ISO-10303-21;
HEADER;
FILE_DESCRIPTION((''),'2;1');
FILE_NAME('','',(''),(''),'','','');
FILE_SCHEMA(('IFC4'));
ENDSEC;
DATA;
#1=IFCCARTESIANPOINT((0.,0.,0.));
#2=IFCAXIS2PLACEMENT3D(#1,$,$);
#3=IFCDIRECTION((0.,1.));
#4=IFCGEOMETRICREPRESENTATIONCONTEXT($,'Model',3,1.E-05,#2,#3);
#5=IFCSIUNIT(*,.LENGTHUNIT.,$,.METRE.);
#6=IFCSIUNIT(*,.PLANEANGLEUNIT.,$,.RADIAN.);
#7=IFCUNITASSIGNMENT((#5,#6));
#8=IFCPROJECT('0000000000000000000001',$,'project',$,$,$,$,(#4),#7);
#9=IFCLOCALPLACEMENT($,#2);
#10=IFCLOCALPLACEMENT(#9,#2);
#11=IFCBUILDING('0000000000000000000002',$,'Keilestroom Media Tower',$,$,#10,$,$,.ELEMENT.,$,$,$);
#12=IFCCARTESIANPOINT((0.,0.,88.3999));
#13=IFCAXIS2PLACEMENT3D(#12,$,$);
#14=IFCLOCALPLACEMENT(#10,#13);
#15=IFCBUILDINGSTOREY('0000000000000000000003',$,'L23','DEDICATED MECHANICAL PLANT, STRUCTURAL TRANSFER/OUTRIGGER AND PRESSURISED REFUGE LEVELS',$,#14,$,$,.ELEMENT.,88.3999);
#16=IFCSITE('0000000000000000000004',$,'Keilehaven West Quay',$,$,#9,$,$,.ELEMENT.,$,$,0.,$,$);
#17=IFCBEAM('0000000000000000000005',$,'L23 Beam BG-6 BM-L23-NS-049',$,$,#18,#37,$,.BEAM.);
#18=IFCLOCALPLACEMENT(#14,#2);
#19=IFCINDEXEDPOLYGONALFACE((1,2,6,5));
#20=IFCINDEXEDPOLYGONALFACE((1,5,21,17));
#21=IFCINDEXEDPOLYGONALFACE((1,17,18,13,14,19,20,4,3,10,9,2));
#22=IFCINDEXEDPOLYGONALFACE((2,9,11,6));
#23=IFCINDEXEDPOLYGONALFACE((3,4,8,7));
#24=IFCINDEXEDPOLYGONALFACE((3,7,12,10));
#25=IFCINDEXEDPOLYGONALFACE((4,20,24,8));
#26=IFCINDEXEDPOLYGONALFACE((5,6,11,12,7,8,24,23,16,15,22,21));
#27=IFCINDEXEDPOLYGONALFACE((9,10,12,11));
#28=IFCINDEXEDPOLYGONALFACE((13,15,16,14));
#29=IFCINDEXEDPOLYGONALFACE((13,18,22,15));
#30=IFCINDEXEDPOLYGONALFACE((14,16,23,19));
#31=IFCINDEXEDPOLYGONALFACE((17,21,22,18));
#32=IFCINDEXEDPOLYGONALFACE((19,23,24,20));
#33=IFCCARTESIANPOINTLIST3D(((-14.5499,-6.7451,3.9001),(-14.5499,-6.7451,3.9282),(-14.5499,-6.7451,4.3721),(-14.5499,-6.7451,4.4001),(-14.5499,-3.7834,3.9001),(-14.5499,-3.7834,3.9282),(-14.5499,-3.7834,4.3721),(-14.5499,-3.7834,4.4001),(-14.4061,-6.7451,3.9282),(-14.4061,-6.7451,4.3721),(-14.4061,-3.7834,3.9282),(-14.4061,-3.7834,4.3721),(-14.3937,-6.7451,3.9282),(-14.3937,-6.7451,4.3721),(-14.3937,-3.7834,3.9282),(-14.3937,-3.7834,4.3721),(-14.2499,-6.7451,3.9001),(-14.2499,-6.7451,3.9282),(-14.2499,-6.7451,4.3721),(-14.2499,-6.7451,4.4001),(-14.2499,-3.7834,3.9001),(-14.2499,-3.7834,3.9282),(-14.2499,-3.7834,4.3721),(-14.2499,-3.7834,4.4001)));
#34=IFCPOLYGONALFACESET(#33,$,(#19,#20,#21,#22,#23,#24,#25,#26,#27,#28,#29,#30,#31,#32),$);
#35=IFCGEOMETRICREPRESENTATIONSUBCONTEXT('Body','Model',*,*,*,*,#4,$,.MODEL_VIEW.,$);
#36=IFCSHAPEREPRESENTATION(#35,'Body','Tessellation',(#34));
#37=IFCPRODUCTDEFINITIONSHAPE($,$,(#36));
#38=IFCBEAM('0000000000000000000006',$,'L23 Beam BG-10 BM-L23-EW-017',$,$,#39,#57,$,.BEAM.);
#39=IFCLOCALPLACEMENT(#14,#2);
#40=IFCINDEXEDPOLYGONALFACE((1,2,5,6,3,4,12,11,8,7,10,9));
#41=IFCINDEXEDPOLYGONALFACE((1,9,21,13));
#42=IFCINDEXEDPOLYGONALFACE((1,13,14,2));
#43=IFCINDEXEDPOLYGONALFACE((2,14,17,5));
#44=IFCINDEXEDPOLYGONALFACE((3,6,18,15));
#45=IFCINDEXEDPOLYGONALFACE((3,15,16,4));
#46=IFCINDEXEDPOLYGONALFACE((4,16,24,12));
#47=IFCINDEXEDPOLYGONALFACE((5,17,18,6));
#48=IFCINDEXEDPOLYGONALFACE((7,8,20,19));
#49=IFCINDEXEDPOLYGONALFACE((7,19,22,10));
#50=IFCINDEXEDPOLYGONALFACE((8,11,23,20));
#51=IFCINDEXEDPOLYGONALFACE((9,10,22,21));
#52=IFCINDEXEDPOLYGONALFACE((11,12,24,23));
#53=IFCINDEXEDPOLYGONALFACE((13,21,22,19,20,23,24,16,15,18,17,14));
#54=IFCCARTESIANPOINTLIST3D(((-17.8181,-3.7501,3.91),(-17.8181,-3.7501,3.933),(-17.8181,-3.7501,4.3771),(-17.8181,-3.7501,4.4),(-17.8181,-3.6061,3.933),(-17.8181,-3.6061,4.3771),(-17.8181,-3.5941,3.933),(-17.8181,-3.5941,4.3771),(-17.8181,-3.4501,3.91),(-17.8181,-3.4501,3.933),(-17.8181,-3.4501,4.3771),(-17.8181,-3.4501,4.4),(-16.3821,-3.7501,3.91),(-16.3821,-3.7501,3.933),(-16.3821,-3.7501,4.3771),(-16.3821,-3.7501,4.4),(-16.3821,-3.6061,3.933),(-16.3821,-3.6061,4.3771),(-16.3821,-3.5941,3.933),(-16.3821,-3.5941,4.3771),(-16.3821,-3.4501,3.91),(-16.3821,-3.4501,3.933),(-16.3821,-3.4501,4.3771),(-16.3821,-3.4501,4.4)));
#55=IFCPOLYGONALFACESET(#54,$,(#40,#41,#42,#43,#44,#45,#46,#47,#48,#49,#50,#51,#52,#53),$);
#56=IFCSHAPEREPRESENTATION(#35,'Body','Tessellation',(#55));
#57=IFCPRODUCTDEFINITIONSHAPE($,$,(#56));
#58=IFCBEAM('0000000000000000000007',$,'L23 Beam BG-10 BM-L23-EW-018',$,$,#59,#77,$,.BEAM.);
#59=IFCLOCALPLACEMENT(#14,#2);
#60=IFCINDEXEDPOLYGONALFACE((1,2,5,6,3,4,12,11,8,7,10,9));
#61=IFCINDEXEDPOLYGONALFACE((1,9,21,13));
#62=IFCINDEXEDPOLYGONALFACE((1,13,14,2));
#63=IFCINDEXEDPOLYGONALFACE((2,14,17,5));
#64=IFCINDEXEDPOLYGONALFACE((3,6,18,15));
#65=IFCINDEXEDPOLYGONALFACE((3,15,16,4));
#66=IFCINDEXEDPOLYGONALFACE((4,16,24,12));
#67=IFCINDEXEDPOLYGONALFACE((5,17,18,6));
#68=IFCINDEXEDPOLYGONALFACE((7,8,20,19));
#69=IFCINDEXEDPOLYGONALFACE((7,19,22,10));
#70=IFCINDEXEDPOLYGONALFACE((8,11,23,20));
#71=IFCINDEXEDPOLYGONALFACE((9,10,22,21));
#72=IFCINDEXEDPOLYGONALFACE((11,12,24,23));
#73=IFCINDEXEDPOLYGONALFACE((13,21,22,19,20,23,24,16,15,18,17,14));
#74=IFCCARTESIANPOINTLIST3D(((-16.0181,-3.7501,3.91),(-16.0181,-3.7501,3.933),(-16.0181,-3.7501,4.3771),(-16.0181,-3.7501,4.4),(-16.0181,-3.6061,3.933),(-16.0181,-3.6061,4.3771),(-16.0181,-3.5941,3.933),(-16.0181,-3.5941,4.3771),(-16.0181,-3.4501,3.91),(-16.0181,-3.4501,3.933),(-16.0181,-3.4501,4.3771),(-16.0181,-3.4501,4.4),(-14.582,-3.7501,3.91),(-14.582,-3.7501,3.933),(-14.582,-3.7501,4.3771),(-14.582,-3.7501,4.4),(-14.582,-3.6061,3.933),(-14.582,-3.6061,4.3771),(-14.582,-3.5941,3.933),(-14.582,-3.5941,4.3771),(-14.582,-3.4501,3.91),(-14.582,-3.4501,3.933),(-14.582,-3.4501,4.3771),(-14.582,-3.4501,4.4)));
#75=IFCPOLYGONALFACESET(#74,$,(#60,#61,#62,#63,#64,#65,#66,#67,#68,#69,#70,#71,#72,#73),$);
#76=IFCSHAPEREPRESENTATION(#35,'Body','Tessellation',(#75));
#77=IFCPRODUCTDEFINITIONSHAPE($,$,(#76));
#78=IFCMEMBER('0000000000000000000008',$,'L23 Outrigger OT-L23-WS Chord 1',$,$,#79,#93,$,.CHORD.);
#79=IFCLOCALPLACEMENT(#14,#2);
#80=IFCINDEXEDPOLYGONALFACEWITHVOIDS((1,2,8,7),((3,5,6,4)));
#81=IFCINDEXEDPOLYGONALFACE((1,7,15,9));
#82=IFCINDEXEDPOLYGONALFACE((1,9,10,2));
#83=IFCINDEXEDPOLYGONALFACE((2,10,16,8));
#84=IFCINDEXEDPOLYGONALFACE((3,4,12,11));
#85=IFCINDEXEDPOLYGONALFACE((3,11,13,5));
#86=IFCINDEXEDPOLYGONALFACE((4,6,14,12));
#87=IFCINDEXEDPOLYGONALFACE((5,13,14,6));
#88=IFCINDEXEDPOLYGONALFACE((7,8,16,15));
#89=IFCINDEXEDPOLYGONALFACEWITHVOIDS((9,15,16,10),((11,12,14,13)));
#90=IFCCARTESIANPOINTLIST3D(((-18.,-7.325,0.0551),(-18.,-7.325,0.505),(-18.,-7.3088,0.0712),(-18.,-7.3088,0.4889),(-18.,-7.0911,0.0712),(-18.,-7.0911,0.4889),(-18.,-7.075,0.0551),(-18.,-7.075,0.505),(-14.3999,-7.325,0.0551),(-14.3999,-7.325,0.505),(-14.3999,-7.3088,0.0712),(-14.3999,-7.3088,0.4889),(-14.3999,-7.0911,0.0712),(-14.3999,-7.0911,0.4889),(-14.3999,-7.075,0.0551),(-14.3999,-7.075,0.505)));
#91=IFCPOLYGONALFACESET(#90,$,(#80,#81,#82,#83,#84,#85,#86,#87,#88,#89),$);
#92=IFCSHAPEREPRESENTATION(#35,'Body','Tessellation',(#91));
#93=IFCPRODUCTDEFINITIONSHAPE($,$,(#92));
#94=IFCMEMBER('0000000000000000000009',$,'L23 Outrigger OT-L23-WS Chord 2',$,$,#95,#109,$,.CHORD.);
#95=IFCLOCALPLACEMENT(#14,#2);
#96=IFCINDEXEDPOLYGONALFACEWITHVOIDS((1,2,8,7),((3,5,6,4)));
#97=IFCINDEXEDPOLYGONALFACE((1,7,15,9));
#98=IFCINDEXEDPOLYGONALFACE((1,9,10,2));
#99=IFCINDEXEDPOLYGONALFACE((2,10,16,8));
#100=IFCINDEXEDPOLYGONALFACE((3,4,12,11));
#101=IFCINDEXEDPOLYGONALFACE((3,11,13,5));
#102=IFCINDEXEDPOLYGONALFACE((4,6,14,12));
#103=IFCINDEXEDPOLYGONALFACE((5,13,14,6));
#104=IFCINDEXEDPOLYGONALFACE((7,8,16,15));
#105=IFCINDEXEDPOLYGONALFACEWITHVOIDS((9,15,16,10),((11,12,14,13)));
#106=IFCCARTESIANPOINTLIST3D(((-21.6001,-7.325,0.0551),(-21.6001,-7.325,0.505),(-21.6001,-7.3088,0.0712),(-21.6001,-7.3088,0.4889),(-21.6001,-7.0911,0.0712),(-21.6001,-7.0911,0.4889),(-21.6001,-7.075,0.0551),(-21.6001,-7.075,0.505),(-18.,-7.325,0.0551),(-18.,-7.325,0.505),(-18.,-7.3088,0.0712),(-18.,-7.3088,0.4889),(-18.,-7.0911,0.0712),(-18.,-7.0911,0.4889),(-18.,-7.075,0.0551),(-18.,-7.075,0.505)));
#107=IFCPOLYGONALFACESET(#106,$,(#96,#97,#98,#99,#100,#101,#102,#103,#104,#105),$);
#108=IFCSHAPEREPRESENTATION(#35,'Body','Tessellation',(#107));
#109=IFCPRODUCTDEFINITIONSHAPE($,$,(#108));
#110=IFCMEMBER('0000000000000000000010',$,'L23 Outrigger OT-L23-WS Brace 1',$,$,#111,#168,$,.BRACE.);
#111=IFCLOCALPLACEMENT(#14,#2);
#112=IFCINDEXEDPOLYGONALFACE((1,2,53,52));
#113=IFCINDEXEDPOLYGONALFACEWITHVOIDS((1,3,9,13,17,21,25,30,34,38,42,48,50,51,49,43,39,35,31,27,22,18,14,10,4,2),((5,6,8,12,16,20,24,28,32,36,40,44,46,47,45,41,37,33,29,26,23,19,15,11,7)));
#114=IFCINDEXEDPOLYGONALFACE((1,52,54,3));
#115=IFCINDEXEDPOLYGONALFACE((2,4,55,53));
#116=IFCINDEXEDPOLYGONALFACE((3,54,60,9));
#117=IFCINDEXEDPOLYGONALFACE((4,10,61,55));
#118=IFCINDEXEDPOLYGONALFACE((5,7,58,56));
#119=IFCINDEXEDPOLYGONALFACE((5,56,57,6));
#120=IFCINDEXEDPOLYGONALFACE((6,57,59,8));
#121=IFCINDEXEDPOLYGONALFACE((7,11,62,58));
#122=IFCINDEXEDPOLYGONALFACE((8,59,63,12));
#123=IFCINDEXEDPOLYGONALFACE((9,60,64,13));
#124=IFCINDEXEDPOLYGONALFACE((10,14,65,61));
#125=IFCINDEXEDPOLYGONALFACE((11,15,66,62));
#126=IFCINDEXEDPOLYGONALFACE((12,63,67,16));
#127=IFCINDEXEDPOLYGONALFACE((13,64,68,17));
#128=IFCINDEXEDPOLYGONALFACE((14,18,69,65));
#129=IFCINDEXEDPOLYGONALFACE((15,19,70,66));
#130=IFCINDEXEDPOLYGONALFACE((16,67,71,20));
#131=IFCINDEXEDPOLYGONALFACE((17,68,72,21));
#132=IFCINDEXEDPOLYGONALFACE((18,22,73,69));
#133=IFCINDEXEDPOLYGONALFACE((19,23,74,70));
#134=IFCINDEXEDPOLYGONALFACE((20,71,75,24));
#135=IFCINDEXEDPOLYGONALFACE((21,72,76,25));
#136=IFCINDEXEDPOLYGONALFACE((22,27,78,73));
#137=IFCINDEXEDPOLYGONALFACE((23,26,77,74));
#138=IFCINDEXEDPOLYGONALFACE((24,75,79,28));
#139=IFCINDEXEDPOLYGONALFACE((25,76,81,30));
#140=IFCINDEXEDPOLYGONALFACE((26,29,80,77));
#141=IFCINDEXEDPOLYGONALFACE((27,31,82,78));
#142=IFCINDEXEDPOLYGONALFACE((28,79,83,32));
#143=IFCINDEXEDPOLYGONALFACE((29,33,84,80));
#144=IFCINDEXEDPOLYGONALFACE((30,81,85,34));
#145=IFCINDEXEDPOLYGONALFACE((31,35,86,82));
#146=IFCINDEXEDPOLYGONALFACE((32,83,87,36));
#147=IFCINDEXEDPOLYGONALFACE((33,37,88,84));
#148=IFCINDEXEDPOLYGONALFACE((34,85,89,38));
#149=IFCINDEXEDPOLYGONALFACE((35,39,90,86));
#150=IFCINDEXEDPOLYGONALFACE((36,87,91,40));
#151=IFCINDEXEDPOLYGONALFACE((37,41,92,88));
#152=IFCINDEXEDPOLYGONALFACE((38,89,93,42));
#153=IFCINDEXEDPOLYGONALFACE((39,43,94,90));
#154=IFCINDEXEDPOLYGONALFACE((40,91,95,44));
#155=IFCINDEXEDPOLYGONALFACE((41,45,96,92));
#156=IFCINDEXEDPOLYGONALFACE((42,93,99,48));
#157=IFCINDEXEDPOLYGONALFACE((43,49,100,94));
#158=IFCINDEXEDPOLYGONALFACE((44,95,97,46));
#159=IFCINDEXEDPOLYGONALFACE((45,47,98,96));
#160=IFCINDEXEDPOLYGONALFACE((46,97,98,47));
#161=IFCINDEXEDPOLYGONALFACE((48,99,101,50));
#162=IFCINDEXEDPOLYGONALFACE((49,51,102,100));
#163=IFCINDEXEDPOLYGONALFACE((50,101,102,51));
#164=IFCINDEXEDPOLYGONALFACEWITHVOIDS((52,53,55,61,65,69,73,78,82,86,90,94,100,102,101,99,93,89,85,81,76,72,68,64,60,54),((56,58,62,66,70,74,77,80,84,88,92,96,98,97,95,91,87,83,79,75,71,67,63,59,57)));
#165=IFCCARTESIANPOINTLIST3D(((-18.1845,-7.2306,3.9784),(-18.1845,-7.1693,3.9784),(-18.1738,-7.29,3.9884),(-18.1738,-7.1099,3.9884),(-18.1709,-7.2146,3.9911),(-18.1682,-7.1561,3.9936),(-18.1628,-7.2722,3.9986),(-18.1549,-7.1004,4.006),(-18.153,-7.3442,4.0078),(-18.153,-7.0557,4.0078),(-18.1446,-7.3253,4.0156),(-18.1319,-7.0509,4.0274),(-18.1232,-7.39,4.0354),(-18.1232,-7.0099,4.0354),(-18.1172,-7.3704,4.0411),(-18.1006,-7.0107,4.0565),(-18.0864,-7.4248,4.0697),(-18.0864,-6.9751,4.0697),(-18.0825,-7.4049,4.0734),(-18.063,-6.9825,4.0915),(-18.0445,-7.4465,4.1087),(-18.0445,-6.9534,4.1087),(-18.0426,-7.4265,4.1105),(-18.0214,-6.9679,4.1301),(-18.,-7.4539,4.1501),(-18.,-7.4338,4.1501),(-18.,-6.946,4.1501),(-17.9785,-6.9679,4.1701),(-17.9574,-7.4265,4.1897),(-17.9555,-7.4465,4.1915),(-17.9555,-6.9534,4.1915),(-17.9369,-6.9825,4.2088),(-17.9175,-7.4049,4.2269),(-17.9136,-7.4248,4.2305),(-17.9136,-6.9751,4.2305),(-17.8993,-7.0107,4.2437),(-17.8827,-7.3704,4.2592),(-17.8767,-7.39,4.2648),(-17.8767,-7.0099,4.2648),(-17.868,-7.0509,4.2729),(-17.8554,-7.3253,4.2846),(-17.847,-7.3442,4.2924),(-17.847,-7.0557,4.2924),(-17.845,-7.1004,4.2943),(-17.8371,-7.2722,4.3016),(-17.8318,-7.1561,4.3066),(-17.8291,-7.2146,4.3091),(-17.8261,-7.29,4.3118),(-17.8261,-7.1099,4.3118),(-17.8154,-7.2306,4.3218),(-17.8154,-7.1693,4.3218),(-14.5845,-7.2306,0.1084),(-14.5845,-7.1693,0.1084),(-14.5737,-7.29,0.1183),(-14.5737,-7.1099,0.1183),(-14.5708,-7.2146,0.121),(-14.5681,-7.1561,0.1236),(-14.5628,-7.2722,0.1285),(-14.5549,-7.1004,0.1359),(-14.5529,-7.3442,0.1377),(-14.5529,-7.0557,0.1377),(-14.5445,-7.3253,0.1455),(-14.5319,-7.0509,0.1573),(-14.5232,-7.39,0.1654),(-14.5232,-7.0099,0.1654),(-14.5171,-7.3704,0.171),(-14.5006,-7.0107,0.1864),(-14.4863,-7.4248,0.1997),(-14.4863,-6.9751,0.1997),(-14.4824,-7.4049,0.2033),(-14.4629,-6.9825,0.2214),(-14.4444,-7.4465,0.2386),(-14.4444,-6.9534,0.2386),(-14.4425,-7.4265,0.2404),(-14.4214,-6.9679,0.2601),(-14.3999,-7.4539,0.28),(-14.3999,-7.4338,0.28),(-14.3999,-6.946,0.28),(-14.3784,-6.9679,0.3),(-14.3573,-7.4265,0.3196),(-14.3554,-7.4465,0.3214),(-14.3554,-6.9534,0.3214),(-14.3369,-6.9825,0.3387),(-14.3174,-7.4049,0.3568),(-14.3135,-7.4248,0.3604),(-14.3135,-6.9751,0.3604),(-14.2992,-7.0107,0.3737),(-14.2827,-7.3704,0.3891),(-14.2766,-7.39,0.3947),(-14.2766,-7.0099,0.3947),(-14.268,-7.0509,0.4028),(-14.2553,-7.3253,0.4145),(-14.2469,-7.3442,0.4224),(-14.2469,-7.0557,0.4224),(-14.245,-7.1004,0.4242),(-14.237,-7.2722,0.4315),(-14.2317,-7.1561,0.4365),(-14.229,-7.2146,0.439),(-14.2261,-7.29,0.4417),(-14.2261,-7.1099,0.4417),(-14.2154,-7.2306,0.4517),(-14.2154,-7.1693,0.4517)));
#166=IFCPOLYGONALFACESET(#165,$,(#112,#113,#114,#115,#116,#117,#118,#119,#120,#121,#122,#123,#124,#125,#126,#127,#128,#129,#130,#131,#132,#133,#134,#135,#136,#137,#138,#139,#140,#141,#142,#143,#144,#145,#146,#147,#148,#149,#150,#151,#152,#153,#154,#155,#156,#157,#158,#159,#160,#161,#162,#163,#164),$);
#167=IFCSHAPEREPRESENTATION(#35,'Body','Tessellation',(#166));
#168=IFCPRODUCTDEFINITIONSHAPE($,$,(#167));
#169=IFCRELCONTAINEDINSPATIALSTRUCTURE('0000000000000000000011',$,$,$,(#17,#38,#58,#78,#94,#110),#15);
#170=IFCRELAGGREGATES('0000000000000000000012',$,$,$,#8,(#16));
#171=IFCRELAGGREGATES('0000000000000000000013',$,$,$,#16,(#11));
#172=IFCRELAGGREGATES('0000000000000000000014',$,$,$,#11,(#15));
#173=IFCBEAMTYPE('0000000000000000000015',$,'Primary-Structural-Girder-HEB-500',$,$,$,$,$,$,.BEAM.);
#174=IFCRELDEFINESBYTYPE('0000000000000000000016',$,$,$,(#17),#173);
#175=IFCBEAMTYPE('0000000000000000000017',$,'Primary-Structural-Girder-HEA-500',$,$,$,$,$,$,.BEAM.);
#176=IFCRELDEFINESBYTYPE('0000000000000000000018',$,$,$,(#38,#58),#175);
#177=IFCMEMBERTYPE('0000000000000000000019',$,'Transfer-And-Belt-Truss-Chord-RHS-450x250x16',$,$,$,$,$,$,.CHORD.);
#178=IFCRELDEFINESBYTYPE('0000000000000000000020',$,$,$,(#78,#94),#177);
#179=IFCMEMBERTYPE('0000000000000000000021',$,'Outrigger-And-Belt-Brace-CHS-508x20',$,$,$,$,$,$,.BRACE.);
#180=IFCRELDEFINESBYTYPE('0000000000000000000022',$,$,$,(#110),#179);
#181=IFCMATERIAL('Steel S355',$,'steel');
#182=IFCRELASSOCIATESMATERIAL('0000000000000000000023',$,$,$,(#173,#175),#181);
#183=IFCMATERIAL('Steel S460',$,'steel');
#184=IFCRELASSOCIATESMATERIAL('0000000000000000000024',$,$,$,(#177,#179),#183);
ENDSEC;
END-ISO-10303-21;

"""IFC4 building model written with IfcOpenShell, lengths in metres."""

from ifc_helpers import new_model, si_unit, direction, frame, origin, origin_2d, place, context, subcontext, project, spatial, hollow_rectangle, hollow_circle, i_section, extrude, source, transform, mapped, material, material_profile, profile_set, type_object, element, save


model = new_model("IFC4")

# Units and contexts
model_context = context("Model", 3, precision=1e-05, world=origin(), true_north=direction((0.0, 1.0)))
body_context = subcontext(model_context, "Body", "Model", "MODEL_VIEW")
ifc_project = project(units=[si_unit("LENGTHUNIT", "METRE"), si_unit("PLANEANGLEUNIT", "RADIAN")], contexts=[model_context])

# Site, building, storey
site_placement = place(None, origin())
site = spatial("IfcSite", under=ifc_project, at=site_placement, Name="Keilehaven West Quay", CompositionType="ELEMENT", RefElevation=0.0)
building_placement = place(site_placement, origin())
building = spatial("IfcBuilding", under=site, at=building_placement, Name="Keilestroom Media Tower", CompositionType="ELEMENT")
storey_placement = place(building_placement, frame((0.0, 0.0, 88.3999)))
storey = spatial("IfcBuildingStorey", under=building, at=storey_placement, Name="L23", Description="DEDICATED MECHANICAL PLANT, STRUCTURAL TRANSFER/OUTRIGGER AND PRESSURISED REFUGE LEVELS", CompositionType="ELEMENT", Elevation=88.3999)

# Shared definitions
ifc_material_1 = material(Name="Steel S460", Category="steel")

# Beams
ifc_material_2 = material(Name="Steel S355", Category="steel")
ifc_material_profile_1 = material_profile(ifc_material_2, i_section(OverallWidth=0.3, OverallDepth=0.5, WebThickness=0.0125, FlangeThickness=0.0281, at=origin_2d()), Name="HEB 500")
ifc_profile_set_1 = profile_set([ifc_material_profile_1], Name="Steel S355")
beam_type_1 = type_object("IfcBeamType", Name="Primary-Structural-Girder-HEB-500", PredefinedType="BEAM", material=ifc_profile_set_1)
shared_shape_1 = source(origin(), body_context, "Body", "SweptSolid", [
    extrude(i_section(OverallWidth=0.3, OverallDepth=0.5, WebThickness=0.0125, FlangeThickness=0.0281, at=origin_2d()), origin(), (0.0, 0.0, 1.0), 2.9617),
])
for number, where, z_axis, x_axis, name in (
    (1, (-14.3999, -6.7451, 4.1501), (0.0, 1.0, 0.0), (-1.0, 0.0, 0.0), "L23 Beam BG-6 BM-L23-NS-049"),
):
    element("IfcBeam", number, at=place(storey_placement, frame(where, z_axis=z_axis, x_axis=x_axis)), inside=storey, type_object=beam_type_1, Name=name, PredefinedType="BEAM", context=body_context, shape_type="MappedRepresentation", body=[
        mapped(shared_shape_1, transform((0.0, 0.0, 0.0), x_axis=(1.0, 0.0, 0.0), y_axis=(0.0, 1.0, 0.0), z_axis=(0.0, 0.0, 1.0), scale=1.0)),
    ])
ifc_material_profile_2 = material_profile(ifc_material_2, i_section(OverallWidth=0.3, OverallDepth=0.49, WebThickness=0.012, FlangeThickness=0.0229, at=origin_2d()), Name="HEA 500")
ifc_profile_set_2 = profile_set([ifc_material_profile_2], Name="Steel S355")
beam_type_2 = type_object("IfcBeamType", Name="Primary-Structural-Girder-HEA-500", PredefinedType="BEAM", material=ifc_profile_set_2)
shared_shape_2 = source(origin(), body_context, "Body", "SweptSolid", [
    extrude(i_section(OverallWidth=0.3, OverallDepth=0.49, WebThickness=0.012, FlangeThickness=0.0229, at=origin_2d()), origin(), (0.0, 0.0, 1.0), 1.436),
])
for number, where, z_axis, x_axis, name in (
    (2, (-17.8181, -3.6001, 4.155), (1.0, 0.0, 0.0), (0.0, 1.0, 0.0), "L23 Beam BG-10 BM-L23-EW-017"),
    (3, (-16.0181, -3.6001, 4.155), (1.0, 0.0, 0.0), (0.0, 1.0, 0.0), "L23 Beam BG-10 BM-L23-EW-018"),
):
    element("IfcBeam", number, at=place(storey_placement, frame(where, z_axis=z_axis, x_axis=x_axis)), inside=storey, type_object=beam_type_2, Name=name, PredefinedType="BEAM", context=body_context, shape_type="MappedRepresentation", body=[
        mapped(shared_shape_2, transform((0.0, 0.0, 0.0), x_axis=(1.0, 0.0, 0.0), y_axis=(0.0, 1.0, 0.0), z_axis=(0.0, 0.0, 1.0), scale=1.0)),
    ])

# Members
ifc_material_profile_3 = material_profile(ifc_material_1, hollow_rectangle(XDim=0.25, YDim=0.45, WallThickness=0.0161, at=origin_2d()), Name="RHS 450x250x16")
ifc_profile_set_3 = profile_set([ifc_material_profile_3], Name="Steel S460")
member_type_1 = type_object("IfcMemberType", Name="Transfer-And-Belt-Truss-Chord-RHS-450x250x16", PredefinedType="CHORD", material=ifc_profile_set_3)
shared_shape_3 = source(origin(), body_context, "Body", "SweptSolid", [
    extrude(hollow_rectangle(XDim=0.25, YDim=0.45, WallThickness=0.0161, at=origin_2d()), origin(), (0.0, 0.0, 1.0), 3.6001),
])
for number, where, z_axis, x_axis, name in (
    (4, (-14.3999, -7.2, 0.28), (-1.0, 0.0, 0.0), (0.0, -1.0, 0.0), "L23 Outrigger OT-L23-WS Chord 1"),
    (5, (-18.0, -7.2, 0.28), (-1.0, 0.0, 0.0), (0.0, -1.0, 0.0), "L23 Outrigger OT-L23-WS Chord 2"),
):
    element("IfcMember", number, at=place(storey_placement, frame(where, z_axis=z_axis, x_axis=x_axis)), inside=storey, type_object=member_type_1, Name=name, PredefinedType="CHORD", context=body_context, shape_type="MappedRepresentation", body=[
        mapped(shared_shape_3, transform((0.0, 0.0, 0.0), x_axis=(1.0, 0.0, 0.0), y_axis=(0.0, 1.0, 0.0), z_axis=(0.0, 0.0, 1.0), scale=1.0)),
    ])
ifc_material_profile_4 = material_profile(ifc_material_1, hollow_circle(Radius=0.2539, WallThickness=0.02, at=origin_2d()), Name="CHS 508x20")
ifc_profile_set_4 = profile_set([ifc_material_profile_4], Name="Steel S460")
member_type_2 = type_object("IfcMemberType", Name="Outrigger-And-Belt-Brace-CHS-508x20", PredefinedType="BRACE", material=ifc_profile_set_4)
shared_shape_4 = source(origin(), body_context, "Body", "SweptSolid", [
    extrude(hollow_circle(Radius=0.2539, WallThickness=0.02, at=origin_2d()), origin(), (0.0, 0.0, 1.0), 5.2856),
])
for number, where, z_axis, x_axis, name in (
    (6, (-14.3999, -7.2, 0.28), (-0.681103, 0.0, 0.732188), (0.0, -1.0, 0.0), "L23 Outrigger OT-L23-WS Brace 1"),
):
    element("IfcMember", number, at=place(storey_placement, frame(where, z_axis=z_axis, x_axis=x_axis)), inside=storey, type_object=member_type_2, Name=name, PredefinedType="BRACE", context=body_context, shape_type="MappedRepresentation", body=[
        mapped(shared_shape_4, transform((0.0, 0.0, 0.0), x_axis=(1.0, 0.0, 0.0), y_axis=(0.0, 1.0, 0.0), z_axis=(0.0, 0.0, 1.0), scale=1.0)),
    ])

save(model, "model.ifc")
